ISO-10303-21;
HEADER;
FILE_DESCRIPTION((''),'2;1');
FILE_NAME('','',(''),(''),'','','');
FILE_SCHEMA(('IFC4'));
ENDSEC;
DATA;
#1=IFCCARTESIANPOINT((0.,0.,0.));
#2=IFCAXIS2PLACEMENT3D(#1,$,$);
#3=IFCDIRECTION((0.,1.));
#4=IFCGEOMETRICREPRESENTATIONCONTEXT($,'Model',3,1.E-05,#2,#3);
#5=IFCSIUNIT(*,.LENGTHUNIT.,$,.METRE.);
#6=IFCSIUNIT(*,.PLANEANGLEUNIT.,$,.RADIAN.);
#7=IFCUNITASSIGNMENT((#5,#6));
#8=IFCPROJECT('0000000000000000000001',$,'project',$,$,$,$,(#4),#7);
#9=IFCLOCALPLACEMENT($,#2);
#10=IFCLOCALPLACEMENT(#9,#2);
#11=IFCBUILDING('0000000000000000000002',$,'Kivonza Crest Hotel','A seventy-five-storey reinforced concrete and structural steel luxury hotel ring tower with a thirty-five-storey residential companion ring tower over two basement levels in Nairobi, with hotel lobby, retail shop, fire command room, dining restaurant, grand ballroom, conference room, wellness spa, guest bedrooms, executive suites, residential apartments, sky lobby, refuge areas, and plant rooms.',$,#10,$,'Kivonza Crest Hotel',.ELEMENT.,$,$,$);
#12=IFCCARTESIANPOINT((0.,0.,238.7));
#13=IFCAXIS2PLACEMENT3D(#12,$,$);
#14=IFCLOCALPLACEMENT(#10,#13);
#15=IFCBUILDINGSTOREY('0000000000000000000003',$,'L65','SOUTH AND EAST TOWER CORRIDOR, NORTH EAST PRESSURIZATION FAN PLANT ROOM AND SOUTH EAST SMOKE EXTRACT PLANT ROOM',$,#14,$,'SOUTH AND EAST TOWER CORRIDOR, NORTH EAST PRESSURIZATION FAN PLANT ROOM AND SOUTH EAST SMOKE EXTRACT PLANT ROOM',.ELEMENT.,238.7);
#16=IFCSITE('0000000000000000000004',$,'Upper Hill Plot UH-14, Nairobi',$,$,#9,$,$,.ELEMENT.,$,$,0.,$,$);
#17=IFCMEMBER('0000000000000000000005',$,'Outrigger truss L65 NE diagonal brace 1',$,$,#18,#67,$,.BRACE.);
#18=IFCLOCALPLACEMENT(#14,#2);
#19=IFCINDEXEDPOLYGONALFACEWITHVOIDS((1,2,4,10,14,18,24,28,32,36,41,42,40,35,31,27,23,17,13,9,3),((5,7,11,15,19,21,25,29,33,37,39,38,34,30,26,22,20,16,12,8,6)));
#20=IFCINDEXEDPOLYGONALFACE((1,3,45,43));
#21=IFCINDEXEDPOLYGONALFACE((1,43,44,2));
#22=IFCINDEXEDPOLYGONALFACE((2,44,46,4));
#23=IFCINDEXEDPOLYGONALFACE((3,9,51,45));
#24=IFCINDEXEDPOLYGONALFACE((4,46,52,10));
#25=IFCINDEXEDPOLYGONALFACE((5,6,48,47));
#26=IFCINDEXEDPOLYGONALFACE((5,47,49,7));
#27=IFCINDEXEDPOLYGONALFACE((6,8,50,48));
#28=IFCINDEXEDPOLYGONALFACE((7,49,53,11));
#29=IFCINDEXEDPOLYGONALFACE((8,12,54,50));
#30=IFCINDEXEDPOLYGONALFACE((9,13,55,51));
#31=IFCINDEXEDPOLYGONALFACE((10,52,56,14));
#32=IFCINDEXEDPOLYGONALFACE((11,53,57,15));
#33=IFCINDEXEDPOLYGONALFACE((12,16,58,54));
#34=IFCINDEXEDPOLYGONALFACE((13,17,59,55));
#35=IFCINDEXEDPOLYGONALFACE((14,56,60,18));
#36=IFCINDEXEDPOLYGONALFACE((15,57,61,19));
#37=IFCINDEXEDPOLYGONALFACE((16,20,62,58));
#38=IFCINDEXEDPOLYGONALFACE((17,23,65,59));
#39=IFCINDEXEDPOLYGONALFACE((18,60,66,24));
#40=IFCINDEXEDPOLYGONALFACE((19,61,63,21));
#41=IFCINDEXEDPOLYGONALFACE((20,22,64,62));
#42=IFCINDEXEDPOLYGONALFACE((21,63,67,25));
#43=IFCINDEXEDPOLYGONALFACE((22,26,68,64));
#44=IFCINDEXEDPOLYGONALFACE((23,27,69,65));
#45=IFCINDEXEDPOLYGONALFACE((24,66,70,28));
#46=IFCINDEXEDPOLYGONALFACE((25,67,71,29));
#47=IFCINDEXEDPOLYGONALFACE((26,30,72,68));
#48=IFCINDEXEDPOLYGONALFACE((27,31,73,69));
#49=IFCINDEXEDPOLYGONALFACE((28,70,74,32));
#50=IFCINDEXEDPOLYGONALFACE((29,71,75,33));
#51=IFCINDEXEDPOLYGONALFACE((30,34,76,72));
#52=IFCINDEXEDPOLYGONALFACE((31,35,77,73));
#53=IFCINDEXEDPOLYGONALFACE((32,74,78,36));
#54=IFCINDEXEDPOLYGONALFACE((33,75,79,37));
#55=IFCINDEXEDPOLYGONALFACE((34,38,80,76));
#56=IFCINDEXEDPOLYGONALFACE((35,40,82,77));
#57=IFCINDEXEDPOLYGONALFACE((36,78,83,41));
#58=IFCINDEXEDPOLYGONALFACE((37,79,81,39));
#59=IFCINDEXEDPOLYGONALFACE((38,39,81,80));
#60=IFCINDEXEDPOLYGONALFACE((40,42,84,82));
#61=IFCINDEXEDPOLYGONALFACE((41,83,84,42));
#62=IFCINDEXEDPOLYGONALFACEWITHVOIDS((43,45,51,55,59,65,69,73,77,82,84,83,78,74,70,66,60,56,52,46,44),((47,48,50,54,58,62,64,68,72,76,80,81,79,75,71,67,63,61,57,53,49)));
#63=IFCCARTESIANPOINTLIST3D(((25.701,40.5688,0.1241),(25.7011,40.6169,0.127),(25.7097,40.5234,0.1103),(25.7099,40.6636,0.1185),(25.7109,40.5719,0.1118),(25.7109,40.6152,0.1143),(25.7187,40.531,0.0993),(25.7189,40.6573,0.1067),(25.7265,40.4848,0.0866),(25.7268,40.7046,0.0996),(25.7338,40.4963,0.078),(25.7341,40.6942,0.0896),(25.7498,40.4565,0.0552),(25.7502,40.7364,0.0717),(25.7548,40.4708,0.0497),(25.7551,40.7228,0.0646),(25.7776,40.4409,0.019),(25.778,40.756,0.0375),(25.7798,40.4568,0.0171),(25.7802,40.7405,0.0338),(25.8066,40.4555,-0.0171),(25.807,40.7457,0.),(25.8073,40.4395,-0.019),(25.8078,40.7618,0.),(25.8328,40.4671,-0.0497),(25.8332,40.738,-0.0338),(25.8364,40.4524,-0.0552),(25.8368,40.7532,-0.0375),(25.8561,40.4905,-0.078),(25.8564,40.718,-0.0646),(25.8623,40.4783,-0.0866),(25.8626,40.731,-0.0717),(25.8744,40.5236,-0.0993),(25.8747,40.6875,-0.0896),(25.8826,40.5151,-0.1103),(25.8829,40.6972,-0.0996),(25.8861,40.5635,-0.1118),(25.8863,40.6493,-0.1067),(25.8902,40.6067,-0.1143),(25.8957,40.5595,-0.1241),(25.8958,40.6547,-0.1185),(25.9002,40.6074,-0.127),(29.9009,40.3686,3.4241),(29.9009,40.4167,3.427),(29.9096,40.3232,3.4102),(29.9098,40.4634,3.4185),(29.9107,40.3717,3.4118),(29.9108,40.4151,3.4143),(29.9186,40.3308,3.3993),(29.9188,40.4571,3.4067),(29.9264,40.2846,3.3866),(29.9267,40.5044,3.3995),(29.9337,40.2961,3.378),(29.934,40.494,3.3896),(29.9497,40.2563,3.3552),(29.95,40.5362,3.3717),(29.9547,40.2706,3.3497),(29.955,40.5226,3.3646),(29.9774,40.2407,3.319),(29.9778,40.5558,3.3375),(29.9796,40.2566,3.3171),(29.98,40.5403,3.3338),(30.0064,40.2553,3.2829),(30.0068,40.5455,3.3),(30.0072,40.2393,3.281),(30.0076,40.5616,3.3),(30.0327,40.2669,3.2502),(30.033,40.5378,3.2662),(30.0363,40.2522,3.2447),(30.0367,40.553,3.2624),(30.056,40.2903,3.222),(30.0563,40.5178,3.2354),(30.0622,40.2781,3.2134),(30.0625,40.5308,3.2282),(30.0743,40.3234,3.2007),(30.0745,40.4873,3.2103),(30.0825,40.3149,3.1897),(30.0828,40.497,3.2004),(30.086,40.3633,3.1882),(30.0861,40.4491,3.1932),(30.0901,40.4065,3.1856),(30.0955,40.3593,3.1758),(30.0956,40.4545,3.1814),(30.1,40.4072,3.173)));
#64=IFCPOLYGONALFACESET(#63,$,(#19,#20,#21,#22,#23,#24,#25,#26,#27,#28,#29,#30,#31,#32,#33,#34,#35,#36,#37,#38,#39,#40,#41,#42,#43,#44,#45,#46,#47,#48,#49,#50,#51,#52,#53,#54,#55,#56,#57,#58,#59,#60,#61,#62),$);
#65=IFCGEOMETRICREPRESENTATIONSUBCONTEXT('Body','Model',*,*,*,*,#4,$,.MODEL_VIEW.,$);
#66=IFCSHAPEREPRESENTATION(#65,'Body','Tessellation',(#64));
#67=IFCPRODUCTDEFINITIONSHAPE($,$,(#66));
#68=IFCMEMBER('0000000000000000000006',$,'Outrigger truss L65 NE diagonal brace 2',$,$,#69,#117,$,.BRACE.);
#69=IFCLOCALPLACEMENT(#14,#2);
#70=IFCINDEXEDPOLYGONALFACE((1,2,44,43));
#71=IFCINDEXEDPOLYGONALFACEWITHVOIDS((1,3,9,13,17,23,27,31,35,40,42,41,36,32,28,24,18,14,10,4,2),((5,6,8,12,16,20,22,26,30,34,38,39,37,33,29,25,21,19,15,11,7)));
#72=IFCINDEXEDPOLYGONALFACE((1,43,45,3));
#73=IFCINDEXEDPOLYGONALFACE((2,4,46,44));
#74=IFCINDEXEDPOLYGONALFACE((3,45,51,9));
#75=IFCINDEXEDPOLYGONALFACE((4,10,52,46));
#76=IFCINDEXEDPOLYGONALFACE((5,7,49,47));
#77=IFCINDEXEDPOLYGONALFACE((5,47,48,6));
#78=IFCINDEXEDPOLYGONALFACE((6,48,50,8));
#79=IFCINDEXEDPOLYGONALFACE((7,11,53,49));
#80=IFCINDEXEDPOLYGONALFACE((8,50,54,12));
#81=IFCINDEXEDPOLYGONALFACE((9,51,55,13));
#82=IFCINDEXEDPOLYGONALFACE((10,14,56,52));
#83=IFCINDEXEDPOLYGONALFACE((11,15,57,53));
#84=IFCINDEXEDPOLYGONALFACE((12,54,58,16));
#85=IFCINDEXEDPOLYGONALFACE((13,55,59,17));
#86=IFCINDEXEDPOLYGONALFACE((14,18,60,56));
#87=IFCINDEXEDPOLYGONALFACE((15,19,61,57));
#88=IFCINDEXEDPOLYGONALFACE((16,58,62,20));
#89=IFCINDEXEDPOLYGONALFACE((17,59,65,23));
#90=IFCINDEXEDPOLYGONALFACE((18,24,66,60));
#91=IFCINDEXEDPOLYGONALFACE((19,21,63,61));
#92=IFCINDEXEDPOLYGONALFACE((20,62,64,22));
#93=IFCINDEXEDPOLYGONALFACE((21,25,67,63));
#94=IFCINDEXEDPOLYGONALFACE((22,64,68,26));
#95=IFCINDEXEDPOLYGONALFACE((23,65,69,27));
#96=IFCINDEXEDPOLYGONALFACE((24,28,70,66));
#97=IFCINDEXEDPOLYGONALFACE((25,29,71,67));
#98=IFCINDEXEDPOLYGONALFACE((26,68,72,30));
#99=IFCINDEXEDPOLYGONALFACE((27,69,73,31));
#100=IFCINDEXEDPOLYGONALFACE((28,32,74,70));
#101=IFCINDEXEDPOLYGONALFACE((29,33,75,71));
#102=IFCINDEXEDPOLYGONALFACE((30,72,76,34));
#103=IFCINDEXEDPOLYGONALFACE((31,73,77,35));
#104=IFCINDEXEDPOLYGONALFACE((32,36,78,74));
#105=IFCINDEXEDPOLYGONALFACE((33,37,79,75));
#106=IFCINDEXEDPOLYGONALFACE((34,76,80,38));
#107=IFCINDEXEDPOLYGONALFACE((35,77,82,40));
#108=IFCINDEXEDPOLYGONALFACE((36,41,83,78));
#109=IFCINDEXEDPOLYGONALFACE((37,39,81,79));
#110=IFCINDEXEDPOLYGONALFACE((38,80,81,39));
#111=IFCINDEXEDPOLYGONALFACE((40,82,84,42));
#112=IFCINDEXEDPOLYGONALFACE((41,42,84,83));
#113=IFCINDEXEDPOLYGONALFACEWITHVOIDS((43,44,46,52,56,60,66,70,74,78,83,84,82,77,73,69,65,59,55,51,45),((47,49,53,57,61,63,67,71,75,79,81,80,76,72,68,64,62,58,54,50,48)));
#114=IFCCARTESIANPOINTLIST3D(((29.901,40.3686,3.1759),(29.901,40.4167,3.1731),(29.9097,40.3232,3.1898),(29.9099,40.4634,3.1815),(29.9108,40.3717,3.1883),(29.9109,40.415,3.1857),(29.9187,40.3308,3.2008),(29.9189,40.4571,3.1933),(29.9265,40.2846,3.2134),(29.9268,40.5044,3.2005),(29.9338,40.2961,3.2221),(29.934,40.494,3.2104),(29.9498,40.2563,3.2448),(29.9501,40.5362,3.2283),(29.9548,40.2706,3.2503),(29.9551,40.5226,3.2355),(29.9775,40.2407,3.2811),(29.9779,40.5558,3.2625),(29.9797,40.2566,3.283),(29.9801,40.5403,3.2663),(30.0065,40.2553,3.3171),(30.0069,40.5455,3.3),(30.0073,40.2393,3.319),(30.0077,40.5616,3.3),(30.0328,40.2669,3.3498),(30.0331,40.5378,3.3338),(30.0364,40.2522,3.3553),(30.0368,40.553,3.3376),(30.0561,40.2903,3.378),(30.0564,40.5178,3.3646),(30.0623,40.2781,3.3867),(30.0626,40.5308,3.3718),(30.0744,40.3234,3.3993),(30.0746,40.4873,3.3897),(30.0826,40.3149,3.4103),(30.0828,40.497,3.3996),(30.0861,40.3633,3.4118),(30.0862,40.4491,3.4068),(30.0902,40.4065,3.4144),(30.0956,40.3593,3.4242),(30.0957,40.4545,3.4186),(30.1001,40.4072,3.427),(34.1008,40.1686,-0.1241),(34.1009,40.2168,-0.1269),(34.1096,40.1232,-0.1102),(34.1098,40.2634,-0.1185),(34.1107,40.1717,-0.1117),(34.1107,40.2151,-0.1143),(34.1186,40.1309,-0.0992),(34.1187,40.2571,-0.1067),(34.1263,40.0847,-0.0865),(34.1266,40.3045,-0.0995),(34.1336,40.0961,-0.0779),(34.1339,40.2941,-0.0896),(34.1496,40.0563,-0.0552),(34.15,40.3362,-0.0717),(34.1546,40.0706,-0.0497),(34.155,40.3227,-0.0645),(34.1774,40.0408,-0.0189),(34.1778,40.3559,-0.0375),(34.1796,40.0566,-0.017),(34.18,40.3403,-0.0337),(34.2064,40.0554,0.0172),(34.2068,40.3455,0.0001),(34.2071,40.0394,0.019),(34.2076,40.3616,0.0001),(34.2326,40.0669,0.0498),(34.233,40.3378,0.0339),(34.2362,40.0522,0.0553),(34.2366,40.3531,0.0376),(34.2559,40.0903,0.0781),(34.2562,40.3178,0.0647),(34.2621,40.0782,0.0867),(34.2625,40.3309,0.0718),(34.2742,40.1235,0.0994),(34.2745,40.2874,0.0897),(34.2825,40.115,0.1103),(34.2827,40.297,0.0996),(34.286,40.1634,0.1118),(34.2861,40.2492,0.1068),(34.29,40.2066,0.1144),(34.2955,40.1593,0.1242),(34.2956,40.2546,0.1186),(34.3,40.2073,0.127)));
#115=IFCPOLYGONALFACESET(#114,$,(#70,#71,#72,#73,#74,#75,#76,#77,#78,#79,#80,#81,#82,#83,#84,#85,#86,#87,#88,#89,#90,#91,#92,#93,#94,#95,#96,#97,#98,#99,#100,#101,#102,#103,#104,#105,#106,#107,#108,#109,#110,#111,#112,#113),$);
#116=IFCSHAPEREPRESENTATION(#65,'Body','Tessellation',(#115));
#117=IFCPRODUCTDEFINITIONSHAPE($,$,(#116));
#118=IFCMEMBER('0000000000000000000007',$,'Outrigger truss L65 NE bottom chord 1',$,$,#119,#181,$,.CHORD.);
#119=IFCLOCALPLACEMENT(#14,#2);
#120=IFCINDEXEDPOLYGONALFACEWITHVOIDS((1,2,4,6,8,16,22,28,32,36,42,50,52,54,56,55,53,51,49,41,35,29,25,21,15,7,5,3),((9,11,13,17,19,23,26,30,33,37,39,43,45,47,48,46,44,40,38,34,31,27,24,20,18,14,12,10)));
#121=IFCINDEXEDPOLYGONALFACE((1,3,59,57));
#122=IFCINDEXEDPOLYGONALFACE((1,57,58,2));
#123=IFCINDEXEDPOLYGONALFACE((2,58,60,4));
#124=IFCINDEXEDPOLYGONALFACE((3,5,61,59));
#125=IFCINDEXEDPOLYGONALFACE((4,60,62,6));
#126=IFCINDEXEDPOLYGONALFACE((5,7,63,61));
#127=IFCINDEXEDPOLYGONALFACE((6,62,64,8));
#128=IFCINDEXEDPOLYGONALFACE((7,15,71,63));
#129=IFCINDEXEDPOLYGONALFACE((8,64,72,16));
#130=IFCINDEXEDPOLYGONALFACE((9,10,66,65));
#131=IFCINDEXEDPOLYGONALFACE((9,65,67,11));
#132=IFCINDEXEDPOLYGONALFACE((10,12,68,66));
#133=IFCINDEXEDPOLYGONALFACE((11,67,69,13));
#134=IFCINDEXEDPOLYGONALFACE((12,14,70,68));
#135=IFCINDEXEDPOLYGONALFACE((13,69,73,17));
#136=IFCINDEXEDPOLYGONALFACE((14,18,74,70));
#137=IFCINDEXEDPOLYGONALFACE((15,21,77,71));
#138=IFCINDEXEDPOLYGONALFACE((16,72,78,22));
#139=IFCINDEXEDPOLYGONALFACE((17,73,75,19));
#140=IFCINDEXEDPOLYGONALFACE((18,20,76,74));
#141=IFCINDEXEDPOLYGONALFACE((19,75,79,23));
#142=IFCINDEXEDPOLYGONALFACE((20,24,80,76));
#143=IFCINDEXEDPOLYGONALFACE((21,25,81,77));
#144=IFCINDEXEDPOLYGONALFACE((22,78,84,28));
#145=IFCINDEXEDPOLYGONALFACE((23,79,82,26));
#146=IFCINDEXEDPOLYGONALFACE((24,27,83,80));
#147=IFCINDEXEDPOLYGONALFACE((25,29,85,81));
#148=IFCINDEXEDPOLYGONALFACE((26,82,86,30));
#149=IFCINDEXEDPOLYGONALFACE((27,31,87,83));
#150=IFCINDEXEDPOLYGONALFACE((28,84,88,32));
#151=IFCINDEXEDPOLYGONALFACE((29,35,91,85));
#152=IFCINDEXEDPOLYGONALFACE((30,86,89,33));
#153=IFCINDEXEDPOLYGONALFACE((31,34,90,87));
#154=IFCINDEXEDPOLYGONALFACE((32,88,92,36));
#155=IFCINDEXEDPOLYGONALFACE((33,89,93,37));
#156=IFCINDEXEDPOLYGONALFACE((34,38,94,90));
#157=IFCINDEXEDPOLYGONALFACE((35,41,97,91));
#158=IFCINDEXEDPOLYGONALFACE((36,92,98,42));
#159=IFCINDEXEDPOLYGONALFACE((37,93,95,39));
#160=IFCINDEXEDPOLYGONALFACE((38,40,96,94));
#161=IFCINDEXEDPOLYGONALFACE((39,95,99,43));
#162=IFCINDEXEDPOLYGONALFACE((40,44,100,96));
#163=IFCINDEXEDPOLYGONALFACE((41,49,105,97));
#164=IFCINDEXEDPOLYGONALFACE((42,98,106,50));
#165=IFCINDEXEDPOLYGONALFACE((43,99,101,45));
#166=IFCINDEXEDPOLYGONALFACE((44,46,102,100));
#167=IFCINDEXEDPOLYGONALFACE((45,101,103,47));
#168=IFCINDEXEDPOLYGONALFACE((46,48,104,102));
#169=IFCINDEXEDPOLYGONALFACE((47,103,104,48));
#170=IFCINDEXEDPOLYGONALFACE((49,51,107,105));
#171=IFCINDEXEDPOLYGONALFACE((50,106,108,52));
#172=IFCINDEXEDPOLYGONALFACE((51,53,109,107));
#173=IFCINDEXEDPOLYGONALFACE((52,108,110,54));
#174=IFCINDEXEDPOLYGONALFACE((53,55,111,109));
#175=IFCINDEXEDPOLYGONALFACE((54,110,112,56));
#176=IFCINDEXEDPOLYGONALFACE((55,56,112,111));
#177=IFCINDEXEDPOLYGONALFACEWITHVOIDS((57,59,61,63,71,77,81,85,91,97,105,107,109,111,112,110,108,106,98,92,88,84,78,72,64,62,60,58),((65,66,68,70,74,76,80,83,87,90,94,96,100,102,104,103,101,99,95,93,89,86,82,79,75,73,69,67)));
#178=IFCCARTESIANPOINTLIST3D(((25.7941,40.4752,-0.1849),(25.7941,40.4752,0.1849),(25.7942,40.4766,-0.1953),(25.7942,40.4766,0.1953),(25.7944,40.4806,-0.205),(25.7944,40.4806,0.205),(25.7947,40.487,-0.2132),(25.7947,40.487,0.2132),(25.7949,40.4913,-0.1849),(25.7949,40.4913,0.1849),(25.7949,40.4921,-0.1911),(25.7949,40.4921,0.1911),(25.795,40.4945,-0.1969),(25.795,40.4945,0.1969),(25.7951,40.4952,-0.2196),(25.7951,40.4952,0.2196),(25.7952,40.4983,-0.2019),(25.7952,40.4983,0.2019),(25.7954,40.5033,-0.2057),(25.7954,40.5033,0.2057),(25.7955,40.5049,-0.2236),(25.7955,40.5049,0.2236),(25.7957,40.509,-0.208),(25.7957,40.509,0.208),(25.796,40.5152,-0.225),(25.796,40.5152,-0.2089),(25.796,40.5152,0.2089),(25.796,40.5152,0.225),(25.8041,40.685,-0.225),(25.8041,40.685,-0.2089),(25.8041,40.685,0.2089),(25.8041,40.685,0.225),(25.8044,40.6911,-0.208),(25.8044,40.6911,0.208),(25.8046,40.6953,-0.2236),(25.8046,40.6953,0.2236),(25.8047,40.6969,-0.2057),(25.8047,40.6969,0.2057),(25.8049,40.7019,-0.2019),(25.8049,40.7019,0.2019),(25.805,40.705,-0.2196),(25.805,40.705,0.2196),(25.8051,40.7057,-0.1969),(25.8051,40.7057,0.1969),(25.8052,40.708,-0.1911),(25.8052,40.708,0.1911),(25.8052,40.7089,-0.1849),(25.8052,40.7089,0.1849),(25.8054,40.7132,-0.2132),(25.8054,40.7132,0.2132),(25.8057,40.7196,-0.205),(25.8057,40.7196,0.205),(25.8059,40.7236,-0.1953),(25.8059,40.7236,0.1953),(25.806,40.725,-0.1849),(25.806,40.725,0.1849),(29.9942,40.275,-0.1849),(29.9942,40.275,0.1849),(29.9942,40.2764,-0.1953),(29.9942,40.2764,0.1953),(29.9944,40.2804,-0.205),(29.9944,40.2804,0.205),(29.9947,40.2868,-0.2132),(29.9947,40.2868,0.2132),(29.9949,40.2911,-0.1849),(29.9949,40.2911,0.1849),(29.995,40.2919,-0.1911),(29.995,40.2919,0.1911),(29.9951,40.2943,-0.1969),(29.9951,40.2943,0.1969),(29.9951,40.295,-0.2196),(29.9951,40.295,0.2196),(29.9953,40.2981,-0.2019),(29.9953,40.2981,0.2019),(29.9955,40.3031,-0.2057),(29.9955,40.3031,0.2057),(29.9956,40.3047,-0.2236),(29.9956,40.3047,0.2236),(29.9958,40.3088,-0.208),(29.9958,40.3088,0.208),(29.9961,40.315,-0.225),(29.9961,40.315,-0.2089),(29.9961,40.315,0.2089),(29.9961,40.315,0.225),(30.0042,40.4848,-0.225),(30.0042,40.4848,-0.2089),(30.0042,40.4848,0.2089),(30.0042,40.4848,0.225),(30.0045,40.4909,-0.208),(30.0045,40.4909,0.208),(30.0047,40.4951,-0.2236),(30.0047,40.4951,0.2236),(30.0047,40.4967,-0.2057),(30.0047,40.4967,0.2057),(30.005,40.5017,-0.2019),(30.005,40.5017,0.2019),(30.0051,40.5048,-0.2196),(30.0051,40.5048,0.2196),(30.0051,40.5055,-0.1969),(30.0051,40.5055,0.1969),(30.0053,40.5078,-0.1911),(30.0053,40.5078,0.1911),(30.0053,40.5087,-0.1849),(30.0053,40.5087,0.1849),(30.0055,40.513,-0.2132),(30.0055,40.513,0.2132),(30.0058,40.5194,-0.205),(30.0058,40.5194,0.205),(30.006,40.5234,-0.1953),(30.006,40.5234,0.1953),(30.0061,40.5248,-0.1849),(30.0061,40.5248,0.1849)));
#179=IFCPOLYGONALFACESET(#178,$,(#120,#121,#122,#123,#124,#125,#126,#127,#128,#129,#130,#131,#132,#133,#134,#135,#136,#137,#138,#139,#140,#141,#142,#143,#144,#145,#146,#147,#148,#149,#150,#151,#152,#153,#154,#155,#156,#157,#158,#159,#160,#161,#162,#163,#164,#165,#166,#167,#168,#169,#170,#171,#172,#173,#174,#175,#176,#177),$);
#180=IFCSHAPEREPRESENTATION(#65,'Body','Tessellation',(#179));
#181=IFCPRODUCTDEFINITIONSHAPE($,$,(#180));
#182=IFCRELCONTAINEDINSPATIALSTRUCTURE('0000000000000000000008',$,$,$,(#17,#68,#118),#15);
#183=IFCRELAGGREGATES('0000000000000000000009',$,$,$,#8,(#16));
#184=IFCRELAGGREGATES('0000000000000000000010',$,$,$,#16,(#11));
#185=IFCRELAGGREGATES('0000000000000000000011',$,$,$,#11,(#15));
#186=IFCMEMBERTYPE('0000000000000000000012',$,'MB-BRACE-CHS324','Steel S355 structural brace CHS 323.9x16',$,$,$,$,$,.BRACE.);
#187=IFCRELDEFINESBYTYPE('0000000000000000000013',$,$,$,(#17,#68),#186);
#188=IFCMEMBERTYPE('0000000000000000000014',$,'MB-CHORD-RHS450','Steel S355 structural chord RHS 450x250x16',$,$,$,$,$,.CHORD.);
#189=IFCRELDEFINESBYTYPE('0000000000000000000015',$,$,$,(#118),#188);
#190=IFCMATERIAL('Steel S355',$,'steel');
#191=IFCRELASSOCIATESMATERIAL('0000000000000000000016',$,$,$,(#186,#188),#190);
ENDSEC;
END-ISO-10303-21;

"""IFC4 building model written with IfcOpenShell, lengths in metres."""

from ifc_helpers import new_model, si_unit, direction, frame, origin, origin_2d, place, context, subcontext, project, spatial, hollow_rectangle, hollow_circle, extrude, material, material_profile, profile_set, type_object, element, save


model = new_model("IFC4")

# Units and contexts
model_context = context("Model", 3, precision=1e-05, world=origin(), true_north=direction((0.0, 1.0)))
body_context = subcontext(model_context, "Body", "Model", "MODEL_VIEW")
ifc_project = project(units=[si_unit("LENGTHUNIT", "METRE"), si_unit("PLANEANGLEUNIT", "RADIAN")], contexts=[model_context])

# Site, building, storey
site_placement = place(None, origin())
site = spatial("IfcSite", under=ifc_project, at=site_placement, Name="Upper Hill Plot UH-14, Nairobi", CompositionType="ELEMENT", RefElevation=0.0)
building_placement = place(site_placement, origin())
building = spatial("IfcBuilding", under=site, at=building_placement, Name="Kivonza Crest Hotel", Description="A seventy-five-storey reinforced concrete and structural steel luxury hotel ring tower with a thirty-five-storey residential companion ring tower over two basement levels in Nairobi, with hotel lobby, retail shop, fire command room, dining restaurant, grand ballroom, conference room, wellness spa, guest bedrooms, executive suites, residential apartments, sky lobby, refuge areas, and plant rooms.", LongName="Kivonza Crest Hotel", CompositionType="ELEMENT")
storey_placement = place(building_placement, frame((0.0, 0.0, 238.7)))
storey = spatial("IfcBuildingStorey", under=building, at=storey_placement, Name="L65", Description="SOUTH AND EAST TOWER CORRIDOR, NORTH EAST PRESSURIZATION FAN PLANT ROOM AND SOUTH EAST SMOKE EXTRACT PLANT ROOM", LongName="SOUTH AND EAST TOWER CORRIDOR, NORTH EAST PRESSURIZATION FAN PLANT ROOM AND SOUTH EAST SMOKE EXTRACT PLANT ROOM", CompositionType="ELEMENT", Elevation=238.7)

# Shared definitions
ifc_material_1 = material(Name="Steel S355", Category="steel")

# Members
ifc_material_profile_1 = material_profile(ifc_material_1, hollow_circle(Radius=0.1619, WallThickness=0.0161, at=origin_2d()), Name="CHS 323.9x16")
ifc_profile_set_1 = profile_set([ifc_material_profile_1], Name="Steel S355")
member_type_1 = type_object("IfcMemberType", Name="MB-BRACE-CHS324", Description="Steel S355 structural brace CHS 323.9x16", PredefinedType="BRACE", material=ifc_profile_set_1)
for number, where, z_axis, x_axis, name in (
    (1, (25.8, 40.6001, 0.0), (0.785759, -0.037454, 0.617398), (0.047612, 0.998866, 0.0), "Outrigger truss L65 NE diagonal brace 1"),
    (2, (30.0, 40.3999, 3.3), (0.78576, -0.037408, -0.617399), (0.047554, 0.998869, 0.0), "Outrigger truss L65 NE diagonal brace 2"),
):
    element("IfcMember", number, at=place(storey_placement, frame(where, z_axis=z_axis, x_axis=x_axis)), inside=storey, type_object=member_type_1, Name=name, PredefinedType="BRACE", context=body_context, shape_type="SweptSolid", body=[
        extrude(hollow_circle(Radius=0.1619, WallThickness=0.0161, at=origin_2d()), origin(), (0.0, 0.0, 1.0), 5.345),
    ])
ifc_material_profile_2 = material_profile(ifc_material_1, hollow_rectangle(XDim=0.25, YDim=0.45, WallThickness=0.0161, InnerFilletRadius=0.0239, OuterFilletRadius=0.04, at=origin_2d()), Name="RHS 450x250x16")
ifc_profile_set_2 = profile_set([ifc_material_profile_2], Name="Steel S355")
member_type_2 = type_object("IfcMemberType", Name="MB-CHORD-RHS450", Description="Steel S355 structural chord RHS 450x250x16", PredefinedType="CHORD", material=ifc_profile_set_2)
for number, where, z_axis, x_axis, name in (
    (3, (25.8, 40.6001, 0.0), (0.998866, -0.047612, 0.0), (0.047612, 0.998866, 0.0), "Outrigger truss L65 NE bottom chord 1"),
):
    element("IfcMember", number, at=place(storey_placement, frame(where, z_axis=z_axis, x_axis=x_axis)), inside=storey, type_object=member_type_2, Name=name, PredefinedType="CHORD", context=body_context, shape_type="SweptSolid", body=[
        extrude(hollow_rectangle(XDim=0.25, YDim=0.45, WallThickness=0.0161, InnerFilletRadius=0.0239, OuterFilletRadius=0.04, at=origin_2d()), origin(), (0.0, 0.0, 1.0), 4.2048),
    ])

save(model, "model.ifc")
